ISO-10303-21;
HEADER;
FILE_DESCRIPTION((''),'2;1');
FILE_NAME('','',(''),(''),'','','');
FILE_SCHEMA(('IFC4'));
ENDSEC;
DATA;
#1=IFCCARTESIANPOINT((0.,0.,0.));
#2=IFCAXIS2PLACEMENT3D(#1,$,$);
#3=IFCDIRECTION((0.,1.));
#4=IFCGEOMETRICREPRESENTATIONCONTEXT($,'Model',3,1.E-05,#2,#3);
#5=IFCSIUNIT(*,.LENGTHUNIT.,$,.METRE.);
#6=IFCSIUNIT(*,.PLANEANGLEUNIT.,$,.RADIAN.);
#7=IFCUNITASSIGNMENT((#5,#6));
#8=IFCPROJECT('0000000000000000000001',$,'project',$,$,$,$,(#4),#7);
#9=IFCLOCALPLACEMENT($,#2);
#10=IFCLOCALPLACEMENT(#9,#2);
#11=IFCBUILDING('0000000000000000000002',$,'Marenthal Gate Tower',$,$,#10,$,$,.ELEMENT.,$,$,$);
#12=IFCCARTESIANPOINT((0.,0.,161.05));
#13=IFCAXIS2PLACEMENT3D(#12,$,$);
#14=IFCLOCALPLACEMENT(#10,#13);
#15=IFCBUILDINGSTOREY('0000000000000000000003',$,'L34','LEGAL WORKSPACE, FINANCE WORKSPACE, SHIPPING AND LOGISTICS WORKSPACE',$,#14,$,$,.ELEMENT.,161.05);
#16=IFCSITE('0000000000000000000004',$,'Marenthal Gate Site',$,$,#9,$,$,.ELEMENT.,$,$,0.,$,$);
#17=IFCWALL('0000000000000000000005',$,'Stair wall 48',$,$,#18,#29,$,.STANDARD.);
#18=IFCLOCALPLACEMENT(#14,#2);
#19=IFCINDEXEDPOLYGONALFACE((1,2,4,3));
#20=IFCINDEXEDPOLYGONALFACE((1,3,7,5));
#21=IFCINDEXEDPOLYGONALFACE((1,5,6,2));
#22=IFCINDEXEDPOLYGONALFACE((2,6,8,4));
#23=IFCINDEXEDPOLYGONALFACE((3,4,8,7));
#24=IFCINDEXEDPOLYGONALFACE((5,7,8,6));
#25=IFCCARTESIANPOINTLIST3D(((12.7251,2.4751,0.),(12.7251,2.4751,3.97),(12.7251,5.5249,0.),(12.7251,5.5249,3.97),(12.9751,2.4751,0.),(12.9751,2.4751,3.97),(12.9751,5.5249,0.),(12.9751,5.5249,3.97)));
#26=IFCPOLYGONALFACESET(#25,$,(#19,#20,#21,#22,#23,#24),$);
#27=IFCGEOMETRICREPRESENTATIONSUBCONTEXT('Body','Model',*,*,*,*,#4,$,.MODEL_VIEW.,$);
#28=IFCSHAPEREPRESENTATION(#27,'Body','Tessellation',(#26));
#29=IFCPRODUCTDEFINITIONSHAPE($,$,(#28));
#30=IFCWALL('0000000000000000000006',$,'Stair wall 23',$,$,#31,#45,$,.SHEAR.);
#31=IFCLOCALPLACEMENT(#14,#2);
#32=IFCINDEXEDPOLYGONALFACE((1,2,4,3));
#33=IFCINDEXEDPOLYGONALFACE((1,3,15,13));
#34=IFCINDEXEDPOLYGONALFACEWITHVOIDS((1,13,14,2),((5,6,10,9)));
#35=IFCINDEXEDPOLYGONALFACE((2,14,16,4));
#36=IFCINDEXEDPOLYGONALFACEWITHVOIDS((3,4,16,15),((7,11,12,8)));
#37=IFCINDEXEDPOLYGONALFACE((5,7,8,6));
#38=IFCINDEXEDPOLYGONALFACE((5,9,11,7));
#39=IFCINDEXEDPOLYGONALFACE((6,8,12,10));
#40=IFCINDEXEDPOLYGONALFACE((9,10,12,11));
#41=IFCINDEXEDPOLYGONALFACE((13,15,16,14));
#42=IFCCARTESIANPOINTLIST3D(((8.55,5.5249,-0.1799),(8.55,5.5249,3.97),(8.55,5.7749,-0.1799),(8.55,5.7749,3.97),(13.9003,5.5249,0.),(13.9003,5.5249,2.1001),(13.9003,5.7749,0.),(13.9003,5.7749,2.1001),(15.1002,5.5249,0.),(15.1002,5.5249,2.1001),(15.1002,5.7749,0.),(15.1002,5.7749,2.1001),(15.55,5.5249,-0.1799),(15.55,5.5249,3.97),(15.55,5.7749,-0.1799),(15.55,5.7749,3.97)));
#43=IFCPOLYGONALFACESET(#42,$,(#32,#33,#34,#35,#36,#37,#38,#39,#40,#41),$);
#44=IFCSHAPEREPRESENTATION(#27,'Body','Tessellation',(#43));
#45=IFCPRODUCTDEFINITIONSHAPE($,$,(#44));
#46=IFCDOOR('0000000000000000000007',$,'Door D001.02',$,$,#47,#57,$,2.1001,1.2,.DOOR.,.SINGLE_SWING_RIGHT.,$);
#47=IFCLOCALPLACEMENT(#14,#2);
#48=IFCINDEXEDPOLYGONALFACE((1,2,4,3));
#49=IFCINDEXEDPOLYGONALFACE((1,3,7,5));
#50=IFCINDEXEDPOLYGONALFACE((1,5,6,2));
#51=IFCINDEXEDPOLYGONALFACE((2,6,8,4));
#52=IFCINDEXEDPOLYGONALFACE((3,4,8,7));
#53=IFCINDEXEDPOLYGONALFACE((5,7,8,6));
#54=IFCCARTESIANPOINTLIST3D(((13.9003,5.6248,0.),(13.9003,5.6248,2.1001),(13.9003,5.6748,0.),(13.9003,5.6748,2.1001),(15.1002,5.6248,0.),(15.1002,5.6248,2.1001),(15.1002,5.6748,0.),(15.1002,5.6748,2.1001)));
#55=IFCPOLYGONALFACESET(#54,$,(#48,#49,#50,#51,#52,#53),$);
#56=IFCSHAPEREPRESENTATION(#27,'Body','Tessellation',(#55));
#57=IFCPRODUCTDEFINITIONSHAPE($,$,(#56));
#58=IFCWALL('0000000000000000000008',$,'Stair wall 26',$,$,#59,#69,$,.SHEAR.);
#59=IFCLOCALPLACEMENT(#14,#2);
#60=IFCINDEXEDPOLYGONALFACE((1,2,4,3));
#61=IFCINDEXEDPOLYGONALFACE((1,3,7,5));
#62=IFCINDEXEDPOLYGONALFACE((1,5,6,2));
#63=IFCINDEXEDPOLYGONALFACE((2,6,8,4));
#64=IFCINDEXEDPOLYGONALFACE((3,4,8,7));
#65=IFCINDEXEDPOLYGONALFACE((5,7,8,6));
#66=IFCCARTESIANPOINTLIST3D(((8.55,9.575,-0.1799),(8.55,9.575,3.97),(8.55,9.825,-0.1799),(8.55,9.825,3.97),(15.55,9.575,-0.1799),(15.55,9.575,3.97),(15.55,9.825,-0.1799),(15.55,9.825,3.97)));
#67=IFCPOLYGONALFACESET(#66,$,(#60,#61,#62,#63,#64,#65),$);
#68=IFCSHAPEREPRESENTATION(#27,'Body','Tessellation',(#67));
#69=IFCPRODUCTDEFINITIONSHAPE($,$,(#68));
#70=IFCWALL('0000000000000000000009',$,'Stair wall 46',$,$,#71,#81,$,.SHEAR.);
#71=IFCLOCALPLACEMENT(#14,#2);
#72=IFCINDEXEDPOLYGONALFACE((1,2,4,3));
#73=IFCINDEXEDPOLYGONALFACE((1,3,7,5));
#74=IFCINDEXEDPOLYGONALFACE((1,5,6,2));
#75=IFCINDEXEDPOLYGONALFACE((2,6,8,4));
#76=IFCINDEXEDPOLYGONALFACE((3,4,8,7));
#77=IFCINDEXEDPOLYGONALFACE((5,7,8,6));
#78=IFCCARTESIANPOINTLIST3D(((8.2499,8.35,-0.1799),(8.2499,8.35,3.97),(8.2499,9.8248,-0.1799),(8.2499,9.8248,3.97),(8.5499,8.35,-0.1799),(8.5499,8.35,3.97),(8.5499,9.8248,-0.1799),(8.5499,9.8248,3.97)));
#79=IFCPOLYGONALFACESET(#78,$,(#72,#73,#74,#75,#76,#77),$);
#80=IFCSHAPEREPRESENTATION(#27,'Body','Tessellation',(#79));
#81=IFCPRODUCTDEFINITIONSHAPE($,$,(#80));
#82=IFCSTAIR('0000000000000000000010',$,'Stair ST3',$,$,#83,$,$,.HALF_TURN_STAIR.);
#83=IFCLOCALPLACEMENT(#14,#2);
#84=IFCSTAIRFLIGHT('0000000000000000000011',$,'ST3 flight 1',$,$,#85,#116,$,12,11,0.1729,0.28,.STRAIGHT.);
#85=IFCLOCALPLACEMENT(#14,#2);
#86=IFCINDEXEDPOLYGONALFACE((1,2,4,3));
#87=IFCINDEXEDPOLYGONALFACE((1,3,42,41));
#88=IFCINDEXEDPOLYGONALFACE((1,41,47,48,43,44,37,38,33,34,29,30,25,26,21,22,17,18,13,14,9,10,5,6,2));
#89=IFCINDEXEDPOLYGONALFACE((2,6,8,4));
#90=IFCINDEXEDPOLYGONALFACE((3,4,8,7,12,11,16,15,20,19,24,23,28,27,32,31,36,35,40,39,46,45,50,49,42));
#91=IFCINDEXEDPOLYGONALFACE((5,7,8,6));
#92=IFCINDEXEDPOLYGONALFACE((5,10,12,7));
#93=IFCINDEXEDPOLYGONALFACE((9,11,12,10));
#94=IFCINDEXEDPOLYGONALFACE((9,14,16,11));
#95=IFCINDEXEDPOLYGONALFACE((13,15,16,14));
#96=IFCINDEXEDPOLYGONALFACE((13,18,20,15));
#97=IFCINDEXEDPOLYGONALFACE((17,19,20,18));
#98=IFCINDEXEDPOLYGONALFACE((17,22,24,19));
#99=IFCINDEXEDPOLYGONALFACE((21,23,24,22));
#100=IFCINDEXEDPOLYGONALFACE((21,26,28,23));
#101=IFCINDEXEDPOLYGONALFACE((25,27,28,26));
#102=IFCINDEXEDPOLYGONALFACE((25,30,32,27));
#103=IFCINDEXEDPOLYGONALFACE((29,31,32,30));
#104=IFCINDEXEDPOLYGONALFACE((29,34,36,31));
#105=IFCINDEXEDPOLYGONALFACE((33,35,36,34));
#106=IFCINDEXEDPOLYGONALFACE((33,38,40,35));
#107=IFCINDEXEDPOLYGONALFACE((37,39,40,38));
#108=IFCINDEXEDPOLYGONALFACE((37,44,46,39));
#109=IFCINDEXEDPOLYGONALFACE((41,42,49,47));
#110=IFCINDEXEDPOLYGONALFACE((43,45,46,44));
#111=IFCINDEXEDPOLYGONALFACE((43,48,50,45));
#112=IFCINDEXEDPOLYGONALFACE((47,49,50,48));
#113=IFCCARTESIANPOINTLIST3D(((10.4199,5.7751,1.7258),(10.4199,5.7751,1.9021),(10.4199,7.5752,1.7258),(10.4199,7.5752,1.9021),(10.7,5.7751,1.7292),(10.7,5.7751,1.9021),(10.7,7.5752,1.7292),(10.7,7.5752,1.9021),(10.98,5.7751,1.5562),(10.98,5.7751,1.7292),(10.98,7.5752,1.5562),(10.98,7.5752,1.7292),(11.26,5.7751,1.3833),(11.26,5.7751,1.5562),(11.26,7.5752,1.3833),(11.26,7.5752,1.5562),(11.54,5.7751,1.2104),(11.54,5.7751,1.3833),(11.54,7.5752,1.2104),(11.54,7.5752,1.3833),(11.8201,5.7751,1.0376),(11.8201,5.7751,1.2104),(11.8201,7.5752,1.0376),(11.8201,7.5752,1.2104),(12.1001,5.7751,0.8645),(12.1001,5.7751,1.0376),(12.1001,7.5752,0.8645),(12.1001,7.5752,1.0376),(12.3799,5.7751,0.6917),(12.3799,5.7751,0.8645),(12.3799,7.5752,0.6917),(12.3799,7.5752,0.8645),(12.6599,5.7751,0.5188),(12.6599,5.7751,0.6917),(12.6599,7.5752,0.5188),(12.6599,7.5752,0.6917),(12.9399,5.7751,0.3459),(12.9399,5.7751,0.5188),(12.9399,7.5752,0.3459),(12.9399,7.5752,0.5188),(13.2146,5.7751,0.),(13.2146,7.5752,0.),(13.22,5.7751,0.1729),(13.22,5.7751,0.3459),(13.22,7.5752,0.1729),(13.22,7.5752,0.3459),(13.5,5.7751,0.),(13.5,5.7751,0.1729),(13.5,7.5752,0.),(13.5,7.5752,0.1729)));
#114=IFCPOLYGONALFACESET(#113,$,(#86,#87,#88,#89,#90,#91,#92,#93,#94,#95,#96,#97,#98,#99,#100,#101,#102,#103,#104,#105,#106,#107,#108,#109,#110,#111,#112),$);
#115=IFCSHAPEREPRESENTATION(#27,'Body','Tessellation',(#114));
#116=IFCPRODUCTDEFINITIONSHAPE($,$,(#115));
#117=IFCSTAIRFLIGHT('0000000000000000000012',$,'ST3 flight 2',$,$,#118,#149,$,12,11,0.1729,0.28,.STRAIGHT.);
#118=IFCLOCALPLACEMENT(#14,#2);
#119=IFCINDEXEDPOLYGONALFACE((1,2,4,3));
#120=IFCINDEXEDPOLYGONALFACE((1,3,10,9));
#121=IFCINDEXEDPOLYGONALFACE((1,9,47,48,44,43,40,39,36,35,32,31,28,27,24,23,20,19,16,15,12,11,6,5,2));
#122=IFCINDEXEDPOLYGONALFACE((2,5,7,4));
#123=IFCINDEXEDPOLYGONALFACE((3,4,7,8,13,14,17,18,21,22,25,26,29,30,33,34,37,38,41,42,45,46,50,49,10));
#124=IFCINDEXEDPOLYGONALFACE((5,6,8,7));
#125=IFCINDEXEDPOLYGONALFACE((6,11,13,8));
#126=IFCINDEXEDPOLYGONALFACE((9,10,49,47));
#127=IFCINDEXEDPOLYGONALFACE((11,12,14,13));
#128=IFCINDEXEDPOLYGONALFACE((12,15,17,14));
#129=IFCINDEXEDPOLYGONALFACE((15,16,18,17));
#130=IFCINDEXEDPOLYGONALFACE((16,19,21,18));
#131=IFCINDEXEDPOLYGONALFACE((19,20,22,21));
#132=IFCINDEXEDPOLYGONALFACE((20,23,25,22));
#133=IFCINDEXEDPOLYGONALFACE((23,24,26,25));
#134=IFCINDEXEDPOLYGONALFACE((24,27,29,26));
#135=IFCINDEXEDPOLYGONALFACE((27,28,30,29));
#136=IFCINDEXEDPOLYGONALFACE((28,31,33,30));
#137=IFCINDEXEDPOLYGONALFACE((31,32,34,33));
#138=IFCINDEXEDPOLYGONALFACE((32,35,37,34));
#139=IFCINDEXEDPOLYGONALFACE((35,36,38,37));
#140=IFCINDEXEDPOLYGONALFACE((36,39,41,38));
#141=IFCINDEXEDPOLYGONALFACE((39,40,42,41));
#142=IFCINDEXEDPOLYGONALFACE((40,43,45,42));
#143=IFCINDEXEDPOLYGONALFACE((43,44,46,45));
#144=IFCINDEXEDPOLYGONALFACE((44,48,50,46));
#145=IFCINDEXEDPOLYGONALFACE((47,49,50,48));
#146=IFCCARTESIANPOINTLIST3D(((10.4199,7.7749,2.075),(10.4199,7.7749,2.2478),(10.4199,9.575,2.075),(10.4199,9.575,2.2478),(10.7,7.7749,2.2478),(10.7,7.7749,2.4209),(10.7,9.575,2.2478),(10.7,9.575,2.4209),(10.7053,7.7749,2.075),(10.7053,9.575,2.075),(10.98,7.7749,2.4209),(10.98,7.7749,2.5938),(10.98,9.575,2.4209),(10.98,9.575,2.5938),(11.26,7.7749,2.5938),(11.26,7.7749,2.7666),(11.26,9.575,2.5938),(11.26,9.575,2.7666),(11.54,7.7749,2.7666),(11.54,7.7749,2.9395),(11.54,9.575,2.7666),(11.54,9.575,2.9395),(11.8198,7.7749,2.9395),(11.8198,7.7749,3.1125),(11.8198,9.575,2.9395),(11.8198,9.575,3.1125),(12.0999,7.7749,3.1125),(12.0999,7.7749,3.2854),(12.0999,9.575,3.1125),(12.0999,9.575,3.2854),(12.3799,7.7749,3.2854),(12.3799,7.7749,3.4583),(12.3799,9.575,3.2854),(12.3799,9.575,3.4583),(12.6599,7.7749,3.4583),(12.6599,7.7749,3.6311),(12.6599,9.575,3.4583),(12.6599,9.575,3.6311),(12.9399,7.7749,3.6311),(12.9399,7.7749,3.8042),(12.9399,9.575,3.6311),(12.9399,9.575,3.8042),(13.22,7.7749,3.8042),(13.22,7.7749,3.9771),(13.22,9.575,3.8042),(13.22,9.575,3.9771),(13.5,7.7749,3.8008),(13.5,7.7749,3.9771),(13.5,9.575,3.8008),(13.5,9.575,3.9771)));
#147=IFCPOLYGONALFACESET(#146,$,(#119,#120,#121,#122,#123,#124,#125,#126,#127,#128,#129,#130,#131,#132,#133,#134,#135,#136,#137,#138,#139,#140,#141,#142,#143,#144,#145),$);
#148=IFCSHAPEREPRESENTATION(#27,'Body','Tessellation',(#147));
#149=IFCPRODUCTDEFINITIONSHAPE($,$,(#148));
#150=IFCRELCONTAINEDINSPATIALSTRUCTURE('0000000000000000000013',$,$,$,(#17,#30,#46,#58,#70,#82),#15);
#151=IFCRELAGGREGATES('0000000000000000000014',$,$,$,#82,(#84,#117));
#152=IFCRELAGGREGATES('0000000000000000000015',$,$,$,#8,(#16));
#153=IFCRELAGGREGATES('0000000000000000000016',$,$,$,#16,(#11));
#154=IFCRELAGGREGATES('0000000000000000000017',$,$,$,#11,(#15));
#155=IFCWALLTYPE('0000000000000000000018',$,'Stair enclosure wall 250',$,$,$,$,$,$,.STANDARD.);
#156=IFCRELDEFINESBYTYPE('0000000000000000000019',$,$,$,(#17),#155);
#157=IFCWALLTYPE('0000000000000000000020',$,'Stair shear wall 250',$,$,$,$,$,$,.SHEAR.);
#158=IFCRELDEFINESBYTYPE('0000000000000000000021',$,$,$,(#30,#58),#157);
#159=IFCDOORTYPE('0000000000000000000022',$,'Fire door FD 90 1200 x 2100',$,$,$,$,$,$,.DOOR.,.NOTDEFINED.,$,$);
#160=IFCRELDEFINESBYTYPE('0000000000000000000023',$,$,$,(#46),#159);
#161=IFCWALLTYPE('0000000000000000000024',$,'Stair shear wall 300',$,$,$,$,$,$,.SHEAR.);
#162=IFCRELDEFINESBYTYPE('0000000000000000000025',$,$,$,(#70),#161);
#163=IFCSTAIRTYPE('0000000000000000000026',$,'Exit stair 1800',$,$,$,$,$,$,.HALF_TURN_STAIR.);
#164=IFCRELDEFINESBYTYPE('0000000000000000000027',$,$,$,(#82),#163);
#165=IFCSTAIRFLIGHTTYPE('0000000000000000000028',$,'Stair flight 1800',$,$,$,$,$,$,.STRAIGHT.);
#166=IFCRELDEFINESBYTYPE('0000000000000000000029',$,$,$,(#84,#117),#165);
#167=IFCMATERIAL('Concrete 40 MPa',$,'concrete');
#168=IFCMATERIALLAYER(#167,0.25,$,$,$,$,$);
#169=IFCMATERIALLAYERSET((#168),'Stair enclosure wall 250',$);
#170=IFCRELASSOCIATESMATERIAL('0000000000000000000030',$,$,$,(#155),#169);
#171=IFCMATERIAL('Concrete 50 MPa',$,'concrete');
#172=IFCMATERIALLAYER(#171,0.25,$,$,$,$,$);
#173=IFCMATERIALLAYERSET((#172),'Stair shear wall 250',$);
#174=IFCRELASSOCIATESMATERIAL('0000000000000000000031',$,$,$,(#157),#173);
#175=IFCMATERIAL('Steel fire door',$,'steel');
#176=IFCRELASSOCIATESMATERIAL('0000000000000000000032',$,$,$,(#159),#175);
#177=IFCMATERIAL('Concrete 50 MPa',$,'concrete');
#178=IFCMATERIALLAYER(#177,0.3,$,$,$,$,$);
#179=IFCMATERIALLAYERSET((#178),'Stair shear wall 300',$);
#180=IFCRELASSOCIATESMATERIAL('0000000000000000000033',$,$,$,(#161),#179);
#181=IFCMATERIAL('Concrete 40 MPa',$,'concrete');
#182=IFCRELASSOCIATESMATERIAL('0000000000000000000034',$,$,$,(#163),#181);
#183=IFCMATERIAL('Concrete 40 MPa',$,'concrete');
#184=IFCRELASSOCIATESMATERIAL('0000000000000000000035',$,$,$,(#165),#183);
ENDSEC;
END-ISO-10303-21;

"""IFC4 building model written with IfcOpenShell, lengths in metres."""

from ifc_helpers import new_model, si_unit, direction, frame, frame_2d, origin, place, context, subcontext, project, spatial, polyline, rectangle, outline, extrude, material, layer, layer_set, type_object, element, fill, aggregate, save


model = new_model("IFC4")

# Units and contexts
model_context = context("Model", 3, precision=1e-05, world=origin(), true_north=direction((0.0, 1.0)))
body_context = subcontext(model_context, "Body", "Model", "MODEL_VIEW")
ifc_project = project(units=[si_unit("LENGTHUNIT", "METRE"), si_unit("PLANEANGLEUNIT", "RADIAN")], contexts=[model_context])

# Site, building, storey
site_placement = place(None, origin())
site = spatial("IfcSite", under=ifc_project, at=site_placement, Name="Marenthal Gate Site", CompositionType="ELEMENT", RefElevation=0.0)
building_placement = place(site_placement, origin())
building = spatial("IfcBuilding", under=site, at=building_placement, Name="Marenthal Gate Tower", CompositionType="ELEMENT")
storey_placement = place(building_placement, frame((0.0, 0.0, 161.05)))
storey = spatial("IfcBuildingStorey", under=building, at=storey_placement, Name="L34", Description="LEGAL WORKSPACE, FINANCE WORKSPACE, SHIPPING AND LOGISTICS WORKSPACE", CompositionType="ELEMENT", Elevation=161.05)

# Wall
ifc_material_1 = material(Name="Concrete 40 MPa", Category="concrete")
ifc_layer_1 = layer(ifc_material_1, 0.25)
ifc_layer_set_1 = layer_set([ifc_layer_1], Name="Stair enclosure wall 250")
wall_type_1 = type_object("IfcWallType", Name="Stair enclosure wall 250", PredefinedType="STANDARD", material=ifc_layer_set_1)
wall_1_placement = place(storey_placement, frame((12.8501, 2.4751, 0.0), z_axis=(0.0, 0.0, 1.0), x_axis=(0.0, 1.0, 0.0)))
element("IfcWall", 1, at=wall_1_placement, inside=storey, type_object=wall_type_1, Name="Stair wall 48", PredefinedType="STANDARD", context=body_context, shape_type="SweptSolid", body=[
    extrude(rectangle(XDim=3.0498, YDim=0.25, at=frame_2d((1.5249, 0.0))), origin(), (0.0, 0.0, 1.0), 3.97),
])

# Wall, opening, door
ifc_material_2 = material(Name="Concrete 50 MPa", Category="concrete")
ifc_layer_2 = layer(ifc_material_2, 0.25)
ifc_layer_set_2 = layer_set([ifc_layer_2], Name="Stair shear wall 250")
wall_type_2 = type_object("IfcWallType", Name="Stair shear wall 250", PredefinedType="SHEAR", material=ifc_layer_set_2)
wall_2_placement = place(storey_placement, frame((8.55, 5.6499, -0.1799), z_axis=(0.0, 0.0, 1.0), x_axis=(1.0, 0.0, 0.0)))
wall_2 = element("IfcWall", 2, at=wall_2_placement, inside=storey, type_object=wall_type_2, Name="Stair wall 23", PredefinedType="SHEAR", context=body_context, shape_type="SweptSolid", body=[
    extrude(rectangle(XDim=7.0, YDim=0.25, at=frame_2d((3.5, 0.0))), origin(), (0.0, 0.0, 1.0), 4.1499),
])
opening_1_placement = place(wall_2_placement, frame((5.3501, 0.0, 0.1799)))
opening_1 = element("IfcOpeningElement", 3, at=opening_1_placement, cuts=wall_2, PredefinedType="OPENING", context=body_context, shape_type="SweptSolid", body=[
    extrude(rectangle(XDim=1.2, YDim=2.1001, at=frame_2d((0.6001, 1.05))), frame((0.0, 0.135, 0.0), z_axis=(0.0, -1.0, 0.0), x_axis=(1.0, 0.0, 0.0)), (0.0, 0.0, 1.0), 0.27),
])
ifc_material_3 = material(Name="Steel fire door", Category="steel")
door_type_1 = type_object("IfcDoorType", Name="Fire door FD 90 1200 x 2100", OperationType="NOTDEFINED", PredefinedType="DOOR", material=ifc_material_3)
door_1_placement = place(opening_1_placement, origin())
door_1 = element("IfcDoor", 4, at=door_1_placement, inside=storey, type_object=door_type_1, Name="Door D001.02", OperationType="SINGLE_SWING_RIGHT", OverallHeight=2.1001, OverallWidth=1.2, PredefinedType="DOOR", context=body_context, shape_type="SweptSolid", body=[
    extrude(rectangle(XDim=1.2, YDim=2.1001, at=frame_2d((0.6001, 1.05))), frame((0.0, 0.0249, 0.0), z_axis=(0.0, -1.0, 0.0), x_axis=(1.0, 0.0, 0.0)), (0.0, 0.0, 1.0), 0.05),
])
fill(opening_1, door_1)

# Walls
wall_3_placement = place(storey_placement, frame((8.55, 9.7, -0.1799), z_axis=(0.0, 0.0, 1.0), x_axis=(1.0, 0.0, 0.0)))
element("IfcWall", 5, at=wall_3_placement, inside=storey, type_object=wall_type_2, Name="Stair wall 26", PredefinedType="SHEAR", context=body_context, shape_type="SweptSolid", body=[
    extrude(rectangle(XDim=7.0, YDim=0.25, at=frame_2d((3.5, 0.0))), origin(), (0.0, 0.0, 1.0), 4.1499),
])
ifc_material_4 = material(Name="Concrete 50 MPa", Category="concrete")
ifc_layer_3 = layer(ifc_material_4, 0.3)
ifc_layer_set_3 = layer_set([ifc_layer_3], Name="Stair shear wall 300")
wall_type_3 = type_object("IfcWallType", Name="Stair shear wall 300", PredefinedType="SHEAR", material=ifc_layer_set_3)
wall_4_placement = place(storey_placement, frame((8.3999, 8.3501, -0.1799), z_axis=(0.0, 0.0, 1.0), x_axis=(0.0, 1.0, 0.0)))
element("IfcWall", 6, at=wall_4_placement, inside=storey, type_object=wall_type_3, Name="Stair wall 46", PredefinedType="SHEAR", context=body_context, shape_type="SweptSolid", body=[
    extrude(rectangle(XDim=1.4749, YDim=0.3, at=frame_2d((0.7373, 0.0))), origin(), (0.0, 0.0, 1.0), 4.1499),
])

# Stair, stair flights
ifc_material_5 = material(Name="Concrete 40 MPa", Category="concrete")
stair_type = type_object("IfcStairType", Name="Exit stair 1800", PredefinedType="HALF_TURN_STAIR", material=ifc_material_5)
stair_placement = place(storey_placement, origin())
stair = element("IfcStair", 7, at=stair_placement, inside=storey, type_object=stair_type, Name="Stair ST3", PredefinedType="HALF_TURN_STAIR")
ifc_material_6 = material(Name="Concrete 40 MPa", Category="concrete")
stair_flight_type = type_object("IfcStairFlightType", Name="Stair flight 1800", PredefinedType="STRAIGHT", material=ifc_material_6)
stair_flight_1_placement = place(storey_placement, frame((13.5, 6.675, 0.0), z_axis=(0.0, 0.0, 1.0), x_axis=(-1.0, 0.0, 0.0)))
stair_flight_1 = element("IfcStairFlight", 8, at=stair_flight_1_placement, type_object=stair_flight_type, Name="ST3 flight 1", NumberOfRisers=12, NumberOfTreads=11, PredefinedType="STRAIGHT", RiserHeight=0.1729, TreadLength=0.28, context=body_context, shape_type="SweptSolid", body=[
    extrude(outline(polyline([(0.0, 0.0), (0.0, 0.1729), (0.28, 0.1729), (0.28, 0.3459), (0.5601, 0.3459), (0.5601, 0.5188), (0.8401, 0.5188), (0.8401, 0.6917), (1.1201, 0.6917), (1.1201, 0.8645), (1.3999, 0.8645), (1.3999, 1.0376), (1.6799, 1.0376), (1.6799, 1.2104), (1.96, 1.2104), (1.96, 1.3833), (2.24, 1.3833), (2.24, 1.5562), (2.52, 1.5562), (2.52, 1.7292), (2.8, 1.7292), (2.8, 1.9021), (3.0801, 1.9021), (3.0801, 2.075), (3.0801, 1.7258), (0.2854, 0.0), (0.0, 0.0)])), frame((0.0, 0.8999, 0.0), z_axis=(0.0, -1.0, 0.0), x_axis=(1.0, 0.0, 0.0)), (0.0, 0.0, 1.0), 1.8),
])
stair_flight_2_placement = place(storey_placement, frame((10.4199, 8.675, 2.075), z_axis=(0.0, 0.0, 1.0), x_axis=(1.0, 0.0, 0.0)))
stair_flight_2 = element("IfcStairFlight", 9, at=stair_flight_2_placement, type_object=stair_flight_type, Name="ST3 flight 2", NumberOfRisers=12, NumberOfTreads=11, PredefinedType="STRAIGHT", RiserHeight=0.1729, TreadLength=0.28, context=body_context, shape_type="SweptSolid", body=[
    extrude(outline(polyline([(0.0, 0.0), (0.0, 0.1729), (0.28, 0.1729), (0.28, 0.3459), (0.5601, 0.3459), (0.5601, 0.5188), (0.8401, 0.5188), (0.8401, 0.6917), (1.1201, 0.6917), (1.1201, 0.8645), (1.3999, 0.8645), (1.3999, 1.0376), (1.6799, 1.0376), (1.6799, 1.2104), (1.96, 1.2104), (1.96, 1.3833), (2.24, 1.3833), (2.24, 1.5562), (2.52, 1.5562), (2.52, 1.7292), (2.8, 1.7292), (2.8, 1.9021), (3.0801, 1.9021), (3.0801, 2.075), (3.0801, 1.7258), (0.2854, 0.0), (0.0, 0.0)])), frame((0.0, 0.8999, 0.0), z_axis=(0.0, -1.0, 0.0), x_axis=(1.0, 0.0, 0.0)), (0.0, 0.0, 1.0), 1.8),
])
aggregate(stair, [stair_flight_1, stair_flight_2])

save(model, "model.ifc")
